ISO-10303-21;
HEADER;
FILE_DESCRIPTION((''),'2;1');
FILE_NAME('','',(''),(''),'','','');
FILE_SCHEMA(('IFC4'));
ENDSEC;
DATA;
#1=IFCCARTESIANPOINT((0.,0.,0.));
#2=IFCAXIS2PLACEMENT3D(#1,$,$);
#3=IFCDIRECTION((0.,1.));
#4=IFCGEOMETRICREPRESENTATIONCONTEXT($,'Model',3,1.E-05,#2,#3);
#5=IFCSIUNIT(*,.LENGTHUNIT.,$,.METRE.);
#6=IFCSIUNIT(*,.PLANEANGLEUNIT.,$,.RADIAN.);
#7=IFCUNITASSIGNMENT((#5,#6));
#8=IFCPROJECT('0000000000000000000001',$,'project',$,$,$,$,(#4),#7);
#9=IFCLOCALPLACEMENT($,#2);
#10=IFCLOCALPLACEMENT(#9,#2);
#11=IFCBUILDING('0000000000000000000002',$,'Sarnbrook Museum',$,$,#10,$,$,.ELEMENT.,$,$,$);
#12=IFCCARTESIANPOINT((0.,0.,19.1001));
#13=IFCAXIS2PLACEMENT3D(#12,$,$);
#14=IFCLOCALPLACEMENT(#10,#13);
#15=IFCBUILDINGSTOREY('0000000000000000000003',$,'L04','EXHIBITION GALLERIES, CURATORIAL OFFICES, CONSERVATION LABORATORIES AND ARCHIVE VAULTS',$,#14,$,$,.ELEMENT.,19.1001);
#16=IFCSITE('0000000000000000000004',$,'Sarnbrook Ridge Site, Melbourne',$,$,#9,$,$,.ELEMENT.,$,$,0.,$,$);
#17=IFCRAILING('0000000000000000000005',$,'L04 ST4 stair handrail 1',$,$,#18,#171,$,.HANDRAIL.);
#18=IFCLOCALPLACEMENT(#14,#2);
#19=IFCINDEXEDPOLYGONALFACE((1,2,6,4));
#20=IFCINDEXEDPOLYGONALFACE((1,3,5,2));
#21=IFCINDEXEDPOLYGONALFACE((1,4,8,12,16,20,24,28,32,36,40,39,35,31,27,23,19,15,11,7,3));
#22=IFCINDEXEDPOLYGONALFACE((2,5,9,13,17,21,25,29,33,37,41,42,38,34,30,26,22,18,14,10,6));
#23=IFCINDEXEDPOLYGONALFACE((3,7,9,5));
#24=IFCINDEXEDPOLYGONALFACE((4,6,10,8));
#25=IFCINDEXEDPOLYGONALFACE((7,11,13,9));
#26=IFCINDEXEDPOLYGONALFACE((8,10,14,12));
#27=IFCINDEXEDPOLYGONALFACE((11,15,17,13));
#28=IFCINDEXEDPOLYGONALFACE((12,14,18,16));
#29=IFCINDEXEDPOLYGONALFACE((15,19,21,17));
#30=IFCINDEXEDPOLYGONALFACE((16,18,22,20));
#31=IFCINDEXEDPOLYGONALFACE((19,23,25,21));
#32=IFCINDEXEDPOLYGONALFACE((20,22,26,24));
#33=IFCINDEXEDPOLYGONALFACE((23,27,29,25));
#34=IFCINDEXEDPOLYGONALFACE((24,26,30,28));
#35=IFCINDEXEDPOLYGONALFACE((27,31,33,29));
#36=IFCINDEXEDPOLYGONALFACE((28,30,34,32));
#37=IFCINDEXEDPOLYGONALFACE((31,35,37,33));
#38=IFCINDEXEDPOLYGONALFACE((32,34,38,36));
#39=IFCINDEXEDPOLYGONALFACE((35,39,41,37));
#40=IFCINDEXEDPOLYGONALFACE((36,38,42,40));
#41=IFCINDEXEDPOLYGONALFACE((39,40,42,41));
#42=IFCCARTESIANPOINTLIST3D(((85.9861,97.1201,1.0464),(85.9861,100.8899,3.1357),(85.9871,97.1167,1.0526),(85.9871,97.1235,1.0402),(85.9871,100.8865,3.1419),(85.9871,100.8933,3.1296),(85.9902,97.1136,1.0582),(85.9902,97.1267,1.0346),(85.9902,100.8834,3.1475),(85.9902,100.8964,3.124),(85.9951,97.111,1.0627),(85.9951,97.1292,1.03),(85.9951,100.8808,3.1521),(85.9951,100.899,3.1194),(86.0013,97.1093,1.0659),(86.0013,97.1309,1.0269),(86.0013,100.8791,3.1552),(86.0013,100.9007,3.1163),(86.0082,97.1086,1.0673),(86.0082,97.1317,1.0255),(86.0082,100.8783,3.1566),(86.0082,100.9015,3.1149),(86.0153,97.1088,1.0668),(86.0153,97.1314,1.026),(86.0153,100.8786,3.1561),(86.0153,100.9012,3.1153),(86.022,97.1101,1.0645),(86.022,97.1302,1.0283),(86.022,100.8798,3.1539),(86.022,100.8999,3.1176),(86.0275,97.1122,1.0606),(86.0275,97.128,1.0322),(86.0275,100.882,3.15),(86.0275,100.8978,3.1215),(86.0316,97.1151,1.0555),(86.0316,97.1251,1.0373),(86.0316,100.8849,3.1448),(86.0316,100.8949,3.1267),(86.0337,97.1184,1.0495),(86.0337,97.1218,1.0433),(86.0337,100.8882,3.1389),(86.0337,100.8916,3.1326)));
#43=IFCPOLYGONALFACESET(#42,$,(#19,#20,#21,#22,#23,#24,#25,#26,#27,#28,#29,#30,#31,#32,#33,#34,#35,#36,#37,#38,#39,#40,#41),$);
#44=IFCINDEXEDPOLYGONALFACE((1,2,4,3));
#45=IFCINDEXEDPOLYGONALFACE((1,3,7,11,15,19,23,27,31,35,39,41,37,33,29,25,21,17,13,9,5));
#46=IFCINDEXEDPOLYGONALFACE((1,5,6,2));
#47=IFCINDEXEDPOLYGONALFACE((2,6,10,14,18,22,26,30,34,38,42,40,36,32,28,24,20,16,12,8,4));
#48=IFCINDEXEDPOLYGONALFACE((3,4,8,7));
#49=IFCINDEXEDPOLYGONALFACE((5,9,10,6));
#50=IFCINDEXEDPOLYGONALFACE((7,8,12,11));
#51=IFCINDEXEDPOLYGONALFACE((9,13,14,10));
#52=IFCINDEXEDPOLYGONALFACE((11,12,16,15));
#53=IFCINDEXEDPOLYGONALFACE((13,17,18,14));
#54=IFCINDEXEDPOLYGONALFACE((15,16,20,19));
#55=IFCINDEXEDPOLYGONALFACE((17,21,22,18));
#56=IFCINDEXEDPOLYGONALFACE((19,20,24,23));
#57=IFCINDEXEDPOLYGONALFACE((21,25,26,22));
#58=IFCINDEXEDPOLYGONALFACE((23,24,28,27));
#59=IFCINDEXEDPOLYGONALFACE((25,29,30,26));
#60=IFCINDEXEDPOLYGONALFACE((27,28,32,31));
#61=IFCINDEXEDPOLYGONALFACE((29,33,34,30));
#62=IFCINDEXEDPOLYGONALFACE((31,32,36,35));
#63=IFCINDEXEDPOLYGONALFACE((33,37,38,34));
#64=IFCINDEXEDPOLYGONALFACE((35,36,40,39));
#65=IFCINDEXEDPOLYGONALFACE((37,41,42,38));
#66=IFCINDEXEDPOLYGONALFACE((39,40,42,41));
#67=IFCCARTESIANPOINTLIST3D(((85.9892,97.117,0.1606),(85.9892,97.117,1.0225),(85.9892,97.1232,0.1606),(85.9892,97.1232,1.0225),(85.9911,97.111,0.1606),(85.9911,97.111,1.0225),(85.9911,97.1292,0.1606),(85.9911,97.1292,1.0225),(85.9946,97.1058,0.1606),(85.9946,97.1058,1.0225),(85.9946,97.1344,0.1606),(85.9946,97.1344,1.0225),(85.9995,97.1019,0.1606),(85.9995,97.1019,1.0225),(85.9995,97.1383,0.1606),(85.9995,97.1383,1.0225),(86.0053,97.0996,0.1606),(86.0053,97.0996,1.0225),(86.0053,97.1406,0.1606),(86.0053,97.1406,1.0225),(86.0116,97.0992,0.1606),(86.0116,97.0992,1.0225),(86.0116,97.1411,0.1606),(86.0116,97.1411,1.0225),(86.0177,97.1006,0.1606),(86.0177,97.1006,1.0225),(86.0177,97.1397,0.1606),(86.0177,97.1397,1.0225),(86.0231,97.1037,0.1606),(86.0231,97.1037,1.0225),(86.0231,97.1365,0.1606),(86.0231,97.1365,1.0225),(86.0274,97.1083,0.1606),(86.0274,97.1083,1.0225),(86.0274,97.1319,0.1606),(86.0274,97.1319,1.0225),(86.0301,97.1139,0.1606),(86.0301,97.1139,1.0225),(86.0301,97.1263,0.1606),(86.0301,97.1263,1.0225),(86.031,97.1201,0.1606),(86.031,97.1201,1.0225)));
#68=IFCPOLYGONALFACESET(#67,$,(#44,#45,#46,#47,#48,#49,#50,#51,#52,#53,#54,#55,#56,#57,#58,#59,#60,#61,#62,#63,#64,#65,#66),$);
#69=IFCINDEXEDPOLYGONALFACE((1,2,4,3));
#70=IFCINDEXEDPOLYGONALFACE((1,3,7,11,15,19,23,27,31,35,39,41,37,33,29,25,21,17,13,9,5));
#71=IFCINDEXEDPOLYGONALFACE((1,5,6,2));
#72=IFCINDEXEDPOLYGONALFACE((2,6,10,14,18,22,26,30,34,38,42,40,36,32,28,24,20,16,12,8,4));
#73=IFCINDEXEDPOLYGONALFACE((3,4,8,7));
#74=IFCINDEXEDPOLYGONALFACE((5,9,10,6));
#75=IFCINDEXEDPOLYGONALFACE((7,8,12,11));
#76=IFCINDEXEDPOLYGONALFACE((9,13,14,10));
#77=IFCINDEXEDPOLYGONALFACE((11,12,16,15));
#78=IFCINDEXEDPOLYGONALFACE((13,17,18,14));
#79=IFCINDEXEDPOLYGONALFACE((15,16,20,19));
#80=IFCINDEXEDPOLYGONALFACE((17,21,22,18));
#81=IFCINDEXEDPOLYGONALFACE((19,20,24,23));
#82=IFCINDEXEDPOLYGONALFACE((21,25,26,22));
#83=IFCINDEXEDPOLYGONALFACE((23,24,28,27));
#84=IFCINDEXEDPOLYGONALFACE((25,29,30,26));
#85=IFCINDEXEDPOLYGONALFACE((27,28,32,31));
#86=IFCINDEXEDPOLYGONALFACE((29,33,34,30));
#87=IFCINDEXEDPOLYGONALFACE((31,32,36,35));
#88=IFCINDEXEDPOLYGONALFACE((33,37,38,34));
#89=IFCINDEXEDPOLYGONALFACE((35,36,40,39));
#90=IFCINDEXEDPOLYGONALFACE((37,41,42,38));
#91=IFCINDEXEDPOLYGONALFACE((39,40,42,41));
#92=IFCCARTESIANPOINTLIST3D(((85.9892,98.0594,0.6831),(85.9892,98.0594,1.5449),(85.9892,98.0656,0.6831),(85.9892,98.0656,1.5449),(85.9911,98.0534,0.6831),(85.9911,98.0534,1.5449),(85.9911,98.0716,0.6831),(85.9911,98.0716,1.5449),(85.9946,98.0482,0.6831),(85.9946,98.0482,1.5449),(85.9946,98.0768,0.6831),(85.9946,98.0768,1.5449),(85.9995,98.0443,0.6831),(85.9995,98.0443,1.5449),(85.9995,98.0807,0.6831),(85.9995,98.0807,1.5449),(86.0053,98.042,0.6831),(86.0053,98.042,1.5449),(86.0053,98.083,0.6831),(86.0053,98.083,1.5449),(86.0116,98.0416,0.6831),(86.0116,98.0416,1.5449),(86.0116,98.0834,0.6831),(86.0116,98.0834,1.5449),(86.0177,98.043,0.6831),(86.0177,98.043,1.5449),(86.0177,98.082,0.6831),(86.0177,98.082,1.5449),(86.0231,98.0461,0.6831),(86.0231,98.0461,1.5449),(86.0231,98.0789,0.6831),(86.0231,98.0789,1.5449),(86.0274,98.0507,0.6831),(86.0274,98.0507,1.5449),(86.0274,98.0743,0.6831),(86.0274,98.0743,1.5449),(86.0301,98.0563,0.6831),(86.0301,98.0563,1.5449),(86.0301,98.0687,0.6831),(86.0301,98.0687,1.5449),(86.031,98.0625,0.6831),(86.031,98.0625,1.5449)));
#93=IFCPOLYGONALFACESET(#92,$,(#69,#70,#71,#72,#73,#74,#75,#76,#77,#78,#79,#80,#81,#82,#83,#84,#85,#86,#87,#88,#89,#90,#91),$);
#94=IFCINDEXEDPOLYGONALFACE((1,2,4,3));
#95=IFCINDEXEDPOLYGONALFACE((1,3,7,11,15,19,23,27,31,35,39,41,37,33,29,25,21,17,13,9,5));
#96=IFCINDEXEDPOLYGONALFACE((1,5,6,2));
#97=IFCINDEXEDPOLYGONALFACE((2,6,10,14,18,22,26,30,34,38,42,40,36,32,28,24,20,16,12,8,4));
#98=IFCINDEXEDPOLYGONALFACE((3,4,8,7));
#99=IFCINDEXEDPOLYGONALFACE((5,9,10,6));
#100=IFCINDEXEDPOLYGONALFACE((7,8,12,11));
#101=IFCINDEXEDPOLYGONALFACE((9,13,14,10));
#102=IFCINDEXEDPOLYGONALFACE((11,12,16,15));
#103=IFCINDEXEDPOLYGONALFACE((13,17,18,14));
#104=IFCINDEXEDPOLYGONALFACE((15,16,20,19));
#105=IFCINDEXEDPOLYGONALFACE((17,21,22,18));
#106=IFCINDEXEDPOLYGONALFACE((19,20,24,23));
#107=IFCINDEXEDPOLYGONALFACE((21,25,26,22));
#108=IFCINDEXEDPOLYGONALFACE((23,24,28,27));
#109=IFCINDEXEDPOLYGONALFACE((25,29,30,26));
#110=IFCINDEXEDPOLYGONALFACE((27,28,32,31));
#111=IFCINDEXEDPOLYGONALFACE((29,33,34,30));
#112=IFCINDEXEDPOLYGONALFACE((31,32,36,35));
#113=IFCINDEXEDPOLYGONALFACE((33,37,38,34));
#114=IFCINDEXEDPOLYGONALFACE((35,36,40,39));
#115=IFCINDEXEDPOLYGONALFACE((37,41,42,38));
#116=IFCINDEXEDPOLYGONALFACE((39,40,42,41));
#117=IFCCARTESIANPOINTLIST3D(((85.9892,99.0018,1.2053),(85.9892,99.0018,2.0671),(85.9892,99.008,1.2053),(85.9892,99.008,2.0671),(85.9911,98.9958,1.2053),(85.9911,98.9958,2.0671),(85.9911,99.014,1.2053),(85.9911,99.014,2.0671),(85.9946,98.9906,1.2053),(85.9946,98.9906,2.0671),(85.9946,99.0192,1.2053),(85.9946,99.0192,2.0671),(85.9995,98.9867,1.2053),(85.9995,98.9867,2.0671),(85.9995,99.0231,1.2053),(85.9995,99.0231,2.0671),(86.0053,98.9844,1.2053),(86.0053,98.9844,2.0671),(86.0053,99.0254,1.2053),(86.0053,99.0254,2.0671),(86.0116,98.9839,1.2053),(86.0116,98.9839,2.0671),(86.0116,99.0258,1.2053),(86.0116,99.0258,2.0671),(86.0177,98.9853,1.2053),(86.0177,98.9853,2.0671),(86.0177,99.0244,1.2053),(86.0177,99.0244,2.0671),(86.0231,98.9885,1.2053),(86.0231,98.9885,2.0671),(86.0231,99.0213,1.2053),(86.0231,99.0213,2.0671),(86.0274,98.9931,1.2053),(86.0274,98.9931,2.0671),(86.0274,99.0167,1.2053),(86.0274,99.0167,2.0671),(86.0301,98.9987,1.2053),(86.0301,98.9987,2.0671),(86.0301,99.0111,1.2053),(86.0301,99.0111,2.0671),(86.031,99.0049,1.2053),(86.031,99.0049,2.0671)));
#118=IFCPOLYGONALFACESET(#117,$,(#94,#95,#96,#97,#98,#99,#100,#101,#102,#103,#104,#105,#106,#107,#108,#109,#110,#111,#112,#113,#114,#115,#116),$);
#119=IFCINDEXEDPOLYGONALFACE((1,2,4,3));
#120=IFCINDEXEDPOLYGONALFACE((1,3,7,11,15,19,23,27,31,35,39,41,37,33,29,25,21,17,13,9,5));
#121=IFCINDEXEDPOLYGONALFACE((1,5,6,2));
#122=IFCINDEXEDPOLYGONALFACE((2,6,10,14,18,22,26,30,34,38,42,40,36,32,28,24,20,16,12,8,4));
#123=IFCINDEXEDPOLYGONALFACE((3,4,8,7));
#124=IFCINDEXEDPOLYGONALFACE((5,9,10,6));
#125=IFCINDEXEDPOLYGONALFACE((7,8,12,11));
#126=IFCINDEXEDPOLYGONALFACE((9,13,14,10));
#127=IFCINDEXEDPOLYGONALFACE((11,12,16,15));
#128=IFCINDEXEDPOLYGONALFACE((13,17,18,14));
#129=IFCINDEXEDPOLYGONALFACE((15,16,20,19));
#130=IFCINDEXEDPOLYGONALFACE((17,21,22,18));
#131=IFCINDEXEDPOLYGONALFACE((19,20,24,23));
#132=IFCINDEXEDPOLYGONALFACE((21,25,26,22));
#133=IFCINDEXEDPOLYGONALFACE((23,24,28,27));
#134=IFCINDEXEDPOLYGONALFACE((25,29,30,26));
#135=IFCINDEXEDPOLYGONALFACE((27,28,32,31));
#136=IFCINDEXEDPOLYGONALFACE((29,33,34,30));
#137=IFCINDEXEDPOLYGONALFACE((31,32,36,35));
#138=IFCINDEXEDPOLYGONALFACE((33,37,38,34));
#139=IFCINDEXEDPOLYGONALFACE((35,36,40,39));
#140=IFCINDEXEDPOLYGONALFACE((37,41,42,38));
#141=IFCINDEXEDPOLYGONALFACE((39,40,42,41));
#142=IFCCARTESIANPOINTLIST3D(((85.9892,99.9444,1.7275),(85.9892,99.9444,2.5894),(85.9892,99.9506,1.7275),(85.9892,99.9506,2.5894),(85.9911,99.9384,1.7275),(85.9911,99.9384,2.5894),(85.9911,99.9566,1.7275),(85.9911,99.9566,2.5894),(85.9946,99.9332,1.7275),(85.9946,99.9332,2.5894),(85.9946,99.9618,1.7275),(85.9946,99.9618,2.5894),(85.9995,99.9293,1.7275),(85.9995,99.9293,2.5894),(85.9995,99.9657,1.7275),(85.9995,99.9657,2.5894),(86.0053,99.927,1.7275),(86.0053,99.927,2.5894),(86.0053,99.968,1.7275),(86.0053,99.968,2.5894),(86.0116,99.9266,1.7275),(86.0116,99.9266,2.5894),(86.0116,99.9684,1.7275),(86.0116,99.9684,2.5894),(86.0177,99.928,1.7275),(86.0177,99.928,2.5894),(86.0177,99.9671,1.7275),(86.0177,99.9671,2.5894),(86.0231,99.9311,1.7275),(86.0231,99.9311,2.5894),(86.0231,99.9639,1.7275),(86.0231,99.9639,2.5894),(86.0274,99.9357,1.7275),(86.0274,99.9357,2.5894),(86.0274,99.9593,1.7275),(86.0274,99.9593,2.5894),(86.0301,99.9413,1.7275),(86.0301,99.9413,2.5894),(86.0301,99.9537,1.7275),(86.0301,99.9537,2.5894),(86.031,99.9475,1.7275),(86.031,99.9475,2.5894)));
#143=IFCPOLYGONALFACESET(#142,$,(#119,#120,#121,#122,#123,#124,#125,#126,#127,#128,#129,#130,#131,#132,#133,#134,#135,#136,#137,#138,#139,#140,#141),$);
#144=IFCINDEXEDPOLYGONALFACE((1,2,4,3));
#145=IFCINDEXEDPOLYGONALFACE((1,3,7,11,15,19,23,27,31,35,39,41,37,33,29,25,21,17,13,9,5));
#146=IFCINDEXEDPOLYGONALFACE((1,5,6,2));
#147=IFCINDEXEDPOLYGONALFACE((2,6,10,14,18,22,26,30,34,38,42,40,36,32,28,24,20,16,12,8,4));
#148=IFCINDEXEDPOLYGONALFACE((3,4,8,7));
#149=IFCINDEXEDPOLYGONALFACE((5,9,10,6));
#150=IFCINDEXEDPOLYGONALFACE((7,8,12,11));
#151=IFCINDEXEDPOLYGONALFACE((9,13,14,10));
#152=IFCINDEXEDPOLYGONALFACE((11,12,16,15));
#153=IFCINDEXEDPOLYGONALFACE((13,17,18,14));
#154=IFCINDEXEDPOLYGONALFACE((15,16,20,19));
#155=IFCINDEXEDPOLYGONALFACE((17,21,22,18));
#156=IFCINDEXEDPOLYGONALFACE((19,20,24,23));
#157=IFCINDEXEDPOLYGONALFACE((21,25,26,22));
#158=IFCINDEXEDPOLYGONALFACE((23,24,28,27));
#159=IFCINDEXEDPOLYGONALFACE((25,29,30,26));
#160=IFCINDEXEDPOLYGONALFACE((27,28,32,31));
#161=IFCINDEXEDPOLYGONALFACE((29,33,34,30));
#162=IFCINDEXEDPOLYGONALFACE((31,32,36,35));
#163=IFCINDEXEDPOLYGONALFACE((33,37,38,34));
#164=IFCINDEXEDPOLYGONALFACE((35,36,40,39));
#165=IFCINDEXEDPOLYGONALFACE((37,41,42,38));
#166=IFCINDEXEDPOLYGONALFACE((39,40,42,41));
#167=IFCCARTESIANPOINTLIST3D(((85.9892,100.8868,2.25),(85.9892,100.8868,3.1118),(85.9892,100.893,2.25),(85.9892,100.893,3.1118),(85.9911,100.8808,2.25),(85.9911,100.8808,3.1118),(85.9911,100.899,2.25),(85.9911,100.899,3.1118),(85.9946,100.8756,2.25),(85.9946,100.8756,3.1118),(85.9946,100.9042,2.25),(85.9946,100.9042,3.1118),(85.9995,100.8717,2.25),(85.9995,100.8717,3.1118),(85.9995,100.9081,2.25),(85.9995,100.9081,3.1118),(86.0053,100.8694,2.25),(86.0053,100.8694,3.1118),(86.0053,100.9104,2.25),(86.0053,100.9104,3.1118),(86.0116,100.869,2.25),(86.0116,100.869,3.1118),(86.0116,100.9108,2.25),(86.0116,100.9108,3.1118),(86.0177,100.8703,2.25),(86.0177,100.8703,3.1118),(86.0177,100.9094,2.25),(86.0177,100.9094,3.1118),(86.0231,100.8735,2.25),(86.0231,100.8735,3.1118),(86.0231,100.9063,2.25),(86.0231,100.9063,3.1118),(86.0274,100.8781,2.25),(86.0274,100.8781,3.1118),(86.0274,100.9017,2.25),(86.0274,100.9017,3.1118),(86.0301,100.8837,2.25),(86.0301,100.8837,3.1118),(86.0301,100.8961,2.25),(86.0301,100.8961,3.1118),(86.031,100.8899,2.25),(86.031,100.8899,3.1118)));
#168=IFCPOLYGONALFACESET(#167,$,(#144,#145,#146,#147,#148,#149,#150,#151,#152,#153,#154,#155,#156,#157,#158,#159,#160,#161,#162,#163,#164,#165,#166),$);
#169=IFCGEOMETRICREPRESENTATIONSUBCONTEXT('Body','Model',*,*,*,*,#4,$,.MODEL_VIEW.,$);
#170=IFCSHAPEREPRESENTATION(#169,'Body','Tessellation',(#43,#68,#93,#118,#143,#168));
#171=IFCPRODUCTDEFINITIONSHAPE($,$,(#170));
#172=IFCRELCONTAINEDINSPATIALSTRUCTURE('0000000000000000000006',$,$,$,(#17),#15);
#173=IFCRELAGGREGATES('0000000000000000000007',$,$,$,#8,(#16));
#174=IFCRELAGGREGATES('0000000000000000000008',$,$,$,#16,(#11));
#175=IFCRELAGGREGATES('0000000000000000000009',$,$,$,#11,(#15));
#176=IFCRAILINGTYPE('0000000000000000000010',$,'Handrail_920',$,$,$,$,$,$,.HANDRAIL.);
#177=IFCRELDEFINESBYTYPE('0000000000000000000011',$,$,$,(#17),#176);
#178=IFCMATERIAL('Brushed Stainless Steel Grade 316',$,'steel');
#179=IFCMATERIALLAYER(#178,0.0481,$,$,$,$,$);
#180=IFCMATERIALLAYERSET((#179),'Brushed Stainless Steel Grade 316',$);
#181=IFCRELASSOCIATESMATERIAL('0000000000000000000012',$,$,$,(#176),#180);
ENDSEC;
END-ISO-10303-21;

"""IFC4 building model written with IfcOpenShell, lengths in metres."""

from ifc_helpers import new_model, si_unit, direction, frame, origin, origin_2d, place, context, subcontext, project, spatial, circle, extrude, material, layer, layer_set, type_object, element, save


model = new_model("IFC4")

# Units and contexts
model_context = context("Model", 3, precision=1e-05, world=origin(), true_north=direction((0.0, 1.0)))
body_context = subcontext(model_context, "Body", "Model", "MODEL_VIEW")
ifc_project = project(units=[si_unit("LENGTHUNIT", "METRE"), si_unit("PLANEANGLEUNIT", "RADIAN")], contexts=[model_context])

# Site, building, storey
site_placement = place(None, origin())
site = spatial("IfcSite", under=ifc_project, at=site_placement, Name="Sarnbrook Ridge Site, Melbourne", CompositionType="ELEMENT", RefElevation=0.0)
building_placement = place(site_placement, origin())
building = spatial("IfcBuilding", under=site, at=building_placement, Name="Sarnbrook Museum", CompositionType="ELEMENT")
storey_placement = place(building_placement, frame((0.0, 0.0, 19.1001)))
storey = spatial("IfcBuildingStorey", under=building, at=storey_placement, Name="L04", Description="EXHIBITION GALLERIES, CURATORIAL OFFICES, CONSERVATION LABORATORIES AND ARCHIVE VAULTS", CompositionType="ELEMENT", Elevation=19.1001)

# Shared definitions
ifc_material_1 = material(Name="Brushed Stainless Steel Grade 316", Category="steel")

# Railing
ifc_layer_1 = layer(ifc_material_1, 0.0481)
ifc_layer_set_1 = layer_set([ifc_layer_1], Name="Brushed Stainless Steel Grade 316")
railing_type_1 = type_object("IfcRailingType", Name="Handrail_920", PredefinedType="HANDRAIL", material=ifc_layer_set_1)
railing_1_placement = place(storey_placement, frame((86.01, 97.1201, 0.1606)))
element("IfcRailing", 1, at=railing_1_placement, inside=storey, type_object=railing_type_1, Name="L04 ST4 stair handrail 1", PredefinedType="HANDRAIL", context=body_context, shape_type="SweptSolid", body=[
    extrude(circle(Radius=0.0239, at=origin_2d()), frame((0.0, 0.0, 0.8857), z_axis=(0.0, 0.874646, 0.484763), x_axis=(-1.0, 0.0, 0.0)), (0.0, 0.0, 1.0), 4.3101),
    extrude(circle(Radius=0.021, at=origin_2d()), origin(), (0.0, 0.0, 1.0), 0.8618),
    extrude(circle(Radius=0.021, at=origin_2d()), frame((0.0, 0.9424, 0.5225)), (0.0, 0.0, 1.0), 0.8618),
    extrude(circle(Radius=0.021, at=origin_2d()), frame((0.0, 1.8848, 1.0447)), (0.0, 0.0, 1.0), 0.8618),
    extrude(circle(Radius=0.021, at=origin_2d()), frame((0.0, 2.8274, 1.5669)), (0.0, 0.0, 1.0), 0.8618),
    extrude(circle(Radius=0.021, at=origin_2d()), frame((0.0, 3.7698, 2.0894)), (0.0, 0.0, 1.0), 0.8618),
])

save(model, "model.ifc")
